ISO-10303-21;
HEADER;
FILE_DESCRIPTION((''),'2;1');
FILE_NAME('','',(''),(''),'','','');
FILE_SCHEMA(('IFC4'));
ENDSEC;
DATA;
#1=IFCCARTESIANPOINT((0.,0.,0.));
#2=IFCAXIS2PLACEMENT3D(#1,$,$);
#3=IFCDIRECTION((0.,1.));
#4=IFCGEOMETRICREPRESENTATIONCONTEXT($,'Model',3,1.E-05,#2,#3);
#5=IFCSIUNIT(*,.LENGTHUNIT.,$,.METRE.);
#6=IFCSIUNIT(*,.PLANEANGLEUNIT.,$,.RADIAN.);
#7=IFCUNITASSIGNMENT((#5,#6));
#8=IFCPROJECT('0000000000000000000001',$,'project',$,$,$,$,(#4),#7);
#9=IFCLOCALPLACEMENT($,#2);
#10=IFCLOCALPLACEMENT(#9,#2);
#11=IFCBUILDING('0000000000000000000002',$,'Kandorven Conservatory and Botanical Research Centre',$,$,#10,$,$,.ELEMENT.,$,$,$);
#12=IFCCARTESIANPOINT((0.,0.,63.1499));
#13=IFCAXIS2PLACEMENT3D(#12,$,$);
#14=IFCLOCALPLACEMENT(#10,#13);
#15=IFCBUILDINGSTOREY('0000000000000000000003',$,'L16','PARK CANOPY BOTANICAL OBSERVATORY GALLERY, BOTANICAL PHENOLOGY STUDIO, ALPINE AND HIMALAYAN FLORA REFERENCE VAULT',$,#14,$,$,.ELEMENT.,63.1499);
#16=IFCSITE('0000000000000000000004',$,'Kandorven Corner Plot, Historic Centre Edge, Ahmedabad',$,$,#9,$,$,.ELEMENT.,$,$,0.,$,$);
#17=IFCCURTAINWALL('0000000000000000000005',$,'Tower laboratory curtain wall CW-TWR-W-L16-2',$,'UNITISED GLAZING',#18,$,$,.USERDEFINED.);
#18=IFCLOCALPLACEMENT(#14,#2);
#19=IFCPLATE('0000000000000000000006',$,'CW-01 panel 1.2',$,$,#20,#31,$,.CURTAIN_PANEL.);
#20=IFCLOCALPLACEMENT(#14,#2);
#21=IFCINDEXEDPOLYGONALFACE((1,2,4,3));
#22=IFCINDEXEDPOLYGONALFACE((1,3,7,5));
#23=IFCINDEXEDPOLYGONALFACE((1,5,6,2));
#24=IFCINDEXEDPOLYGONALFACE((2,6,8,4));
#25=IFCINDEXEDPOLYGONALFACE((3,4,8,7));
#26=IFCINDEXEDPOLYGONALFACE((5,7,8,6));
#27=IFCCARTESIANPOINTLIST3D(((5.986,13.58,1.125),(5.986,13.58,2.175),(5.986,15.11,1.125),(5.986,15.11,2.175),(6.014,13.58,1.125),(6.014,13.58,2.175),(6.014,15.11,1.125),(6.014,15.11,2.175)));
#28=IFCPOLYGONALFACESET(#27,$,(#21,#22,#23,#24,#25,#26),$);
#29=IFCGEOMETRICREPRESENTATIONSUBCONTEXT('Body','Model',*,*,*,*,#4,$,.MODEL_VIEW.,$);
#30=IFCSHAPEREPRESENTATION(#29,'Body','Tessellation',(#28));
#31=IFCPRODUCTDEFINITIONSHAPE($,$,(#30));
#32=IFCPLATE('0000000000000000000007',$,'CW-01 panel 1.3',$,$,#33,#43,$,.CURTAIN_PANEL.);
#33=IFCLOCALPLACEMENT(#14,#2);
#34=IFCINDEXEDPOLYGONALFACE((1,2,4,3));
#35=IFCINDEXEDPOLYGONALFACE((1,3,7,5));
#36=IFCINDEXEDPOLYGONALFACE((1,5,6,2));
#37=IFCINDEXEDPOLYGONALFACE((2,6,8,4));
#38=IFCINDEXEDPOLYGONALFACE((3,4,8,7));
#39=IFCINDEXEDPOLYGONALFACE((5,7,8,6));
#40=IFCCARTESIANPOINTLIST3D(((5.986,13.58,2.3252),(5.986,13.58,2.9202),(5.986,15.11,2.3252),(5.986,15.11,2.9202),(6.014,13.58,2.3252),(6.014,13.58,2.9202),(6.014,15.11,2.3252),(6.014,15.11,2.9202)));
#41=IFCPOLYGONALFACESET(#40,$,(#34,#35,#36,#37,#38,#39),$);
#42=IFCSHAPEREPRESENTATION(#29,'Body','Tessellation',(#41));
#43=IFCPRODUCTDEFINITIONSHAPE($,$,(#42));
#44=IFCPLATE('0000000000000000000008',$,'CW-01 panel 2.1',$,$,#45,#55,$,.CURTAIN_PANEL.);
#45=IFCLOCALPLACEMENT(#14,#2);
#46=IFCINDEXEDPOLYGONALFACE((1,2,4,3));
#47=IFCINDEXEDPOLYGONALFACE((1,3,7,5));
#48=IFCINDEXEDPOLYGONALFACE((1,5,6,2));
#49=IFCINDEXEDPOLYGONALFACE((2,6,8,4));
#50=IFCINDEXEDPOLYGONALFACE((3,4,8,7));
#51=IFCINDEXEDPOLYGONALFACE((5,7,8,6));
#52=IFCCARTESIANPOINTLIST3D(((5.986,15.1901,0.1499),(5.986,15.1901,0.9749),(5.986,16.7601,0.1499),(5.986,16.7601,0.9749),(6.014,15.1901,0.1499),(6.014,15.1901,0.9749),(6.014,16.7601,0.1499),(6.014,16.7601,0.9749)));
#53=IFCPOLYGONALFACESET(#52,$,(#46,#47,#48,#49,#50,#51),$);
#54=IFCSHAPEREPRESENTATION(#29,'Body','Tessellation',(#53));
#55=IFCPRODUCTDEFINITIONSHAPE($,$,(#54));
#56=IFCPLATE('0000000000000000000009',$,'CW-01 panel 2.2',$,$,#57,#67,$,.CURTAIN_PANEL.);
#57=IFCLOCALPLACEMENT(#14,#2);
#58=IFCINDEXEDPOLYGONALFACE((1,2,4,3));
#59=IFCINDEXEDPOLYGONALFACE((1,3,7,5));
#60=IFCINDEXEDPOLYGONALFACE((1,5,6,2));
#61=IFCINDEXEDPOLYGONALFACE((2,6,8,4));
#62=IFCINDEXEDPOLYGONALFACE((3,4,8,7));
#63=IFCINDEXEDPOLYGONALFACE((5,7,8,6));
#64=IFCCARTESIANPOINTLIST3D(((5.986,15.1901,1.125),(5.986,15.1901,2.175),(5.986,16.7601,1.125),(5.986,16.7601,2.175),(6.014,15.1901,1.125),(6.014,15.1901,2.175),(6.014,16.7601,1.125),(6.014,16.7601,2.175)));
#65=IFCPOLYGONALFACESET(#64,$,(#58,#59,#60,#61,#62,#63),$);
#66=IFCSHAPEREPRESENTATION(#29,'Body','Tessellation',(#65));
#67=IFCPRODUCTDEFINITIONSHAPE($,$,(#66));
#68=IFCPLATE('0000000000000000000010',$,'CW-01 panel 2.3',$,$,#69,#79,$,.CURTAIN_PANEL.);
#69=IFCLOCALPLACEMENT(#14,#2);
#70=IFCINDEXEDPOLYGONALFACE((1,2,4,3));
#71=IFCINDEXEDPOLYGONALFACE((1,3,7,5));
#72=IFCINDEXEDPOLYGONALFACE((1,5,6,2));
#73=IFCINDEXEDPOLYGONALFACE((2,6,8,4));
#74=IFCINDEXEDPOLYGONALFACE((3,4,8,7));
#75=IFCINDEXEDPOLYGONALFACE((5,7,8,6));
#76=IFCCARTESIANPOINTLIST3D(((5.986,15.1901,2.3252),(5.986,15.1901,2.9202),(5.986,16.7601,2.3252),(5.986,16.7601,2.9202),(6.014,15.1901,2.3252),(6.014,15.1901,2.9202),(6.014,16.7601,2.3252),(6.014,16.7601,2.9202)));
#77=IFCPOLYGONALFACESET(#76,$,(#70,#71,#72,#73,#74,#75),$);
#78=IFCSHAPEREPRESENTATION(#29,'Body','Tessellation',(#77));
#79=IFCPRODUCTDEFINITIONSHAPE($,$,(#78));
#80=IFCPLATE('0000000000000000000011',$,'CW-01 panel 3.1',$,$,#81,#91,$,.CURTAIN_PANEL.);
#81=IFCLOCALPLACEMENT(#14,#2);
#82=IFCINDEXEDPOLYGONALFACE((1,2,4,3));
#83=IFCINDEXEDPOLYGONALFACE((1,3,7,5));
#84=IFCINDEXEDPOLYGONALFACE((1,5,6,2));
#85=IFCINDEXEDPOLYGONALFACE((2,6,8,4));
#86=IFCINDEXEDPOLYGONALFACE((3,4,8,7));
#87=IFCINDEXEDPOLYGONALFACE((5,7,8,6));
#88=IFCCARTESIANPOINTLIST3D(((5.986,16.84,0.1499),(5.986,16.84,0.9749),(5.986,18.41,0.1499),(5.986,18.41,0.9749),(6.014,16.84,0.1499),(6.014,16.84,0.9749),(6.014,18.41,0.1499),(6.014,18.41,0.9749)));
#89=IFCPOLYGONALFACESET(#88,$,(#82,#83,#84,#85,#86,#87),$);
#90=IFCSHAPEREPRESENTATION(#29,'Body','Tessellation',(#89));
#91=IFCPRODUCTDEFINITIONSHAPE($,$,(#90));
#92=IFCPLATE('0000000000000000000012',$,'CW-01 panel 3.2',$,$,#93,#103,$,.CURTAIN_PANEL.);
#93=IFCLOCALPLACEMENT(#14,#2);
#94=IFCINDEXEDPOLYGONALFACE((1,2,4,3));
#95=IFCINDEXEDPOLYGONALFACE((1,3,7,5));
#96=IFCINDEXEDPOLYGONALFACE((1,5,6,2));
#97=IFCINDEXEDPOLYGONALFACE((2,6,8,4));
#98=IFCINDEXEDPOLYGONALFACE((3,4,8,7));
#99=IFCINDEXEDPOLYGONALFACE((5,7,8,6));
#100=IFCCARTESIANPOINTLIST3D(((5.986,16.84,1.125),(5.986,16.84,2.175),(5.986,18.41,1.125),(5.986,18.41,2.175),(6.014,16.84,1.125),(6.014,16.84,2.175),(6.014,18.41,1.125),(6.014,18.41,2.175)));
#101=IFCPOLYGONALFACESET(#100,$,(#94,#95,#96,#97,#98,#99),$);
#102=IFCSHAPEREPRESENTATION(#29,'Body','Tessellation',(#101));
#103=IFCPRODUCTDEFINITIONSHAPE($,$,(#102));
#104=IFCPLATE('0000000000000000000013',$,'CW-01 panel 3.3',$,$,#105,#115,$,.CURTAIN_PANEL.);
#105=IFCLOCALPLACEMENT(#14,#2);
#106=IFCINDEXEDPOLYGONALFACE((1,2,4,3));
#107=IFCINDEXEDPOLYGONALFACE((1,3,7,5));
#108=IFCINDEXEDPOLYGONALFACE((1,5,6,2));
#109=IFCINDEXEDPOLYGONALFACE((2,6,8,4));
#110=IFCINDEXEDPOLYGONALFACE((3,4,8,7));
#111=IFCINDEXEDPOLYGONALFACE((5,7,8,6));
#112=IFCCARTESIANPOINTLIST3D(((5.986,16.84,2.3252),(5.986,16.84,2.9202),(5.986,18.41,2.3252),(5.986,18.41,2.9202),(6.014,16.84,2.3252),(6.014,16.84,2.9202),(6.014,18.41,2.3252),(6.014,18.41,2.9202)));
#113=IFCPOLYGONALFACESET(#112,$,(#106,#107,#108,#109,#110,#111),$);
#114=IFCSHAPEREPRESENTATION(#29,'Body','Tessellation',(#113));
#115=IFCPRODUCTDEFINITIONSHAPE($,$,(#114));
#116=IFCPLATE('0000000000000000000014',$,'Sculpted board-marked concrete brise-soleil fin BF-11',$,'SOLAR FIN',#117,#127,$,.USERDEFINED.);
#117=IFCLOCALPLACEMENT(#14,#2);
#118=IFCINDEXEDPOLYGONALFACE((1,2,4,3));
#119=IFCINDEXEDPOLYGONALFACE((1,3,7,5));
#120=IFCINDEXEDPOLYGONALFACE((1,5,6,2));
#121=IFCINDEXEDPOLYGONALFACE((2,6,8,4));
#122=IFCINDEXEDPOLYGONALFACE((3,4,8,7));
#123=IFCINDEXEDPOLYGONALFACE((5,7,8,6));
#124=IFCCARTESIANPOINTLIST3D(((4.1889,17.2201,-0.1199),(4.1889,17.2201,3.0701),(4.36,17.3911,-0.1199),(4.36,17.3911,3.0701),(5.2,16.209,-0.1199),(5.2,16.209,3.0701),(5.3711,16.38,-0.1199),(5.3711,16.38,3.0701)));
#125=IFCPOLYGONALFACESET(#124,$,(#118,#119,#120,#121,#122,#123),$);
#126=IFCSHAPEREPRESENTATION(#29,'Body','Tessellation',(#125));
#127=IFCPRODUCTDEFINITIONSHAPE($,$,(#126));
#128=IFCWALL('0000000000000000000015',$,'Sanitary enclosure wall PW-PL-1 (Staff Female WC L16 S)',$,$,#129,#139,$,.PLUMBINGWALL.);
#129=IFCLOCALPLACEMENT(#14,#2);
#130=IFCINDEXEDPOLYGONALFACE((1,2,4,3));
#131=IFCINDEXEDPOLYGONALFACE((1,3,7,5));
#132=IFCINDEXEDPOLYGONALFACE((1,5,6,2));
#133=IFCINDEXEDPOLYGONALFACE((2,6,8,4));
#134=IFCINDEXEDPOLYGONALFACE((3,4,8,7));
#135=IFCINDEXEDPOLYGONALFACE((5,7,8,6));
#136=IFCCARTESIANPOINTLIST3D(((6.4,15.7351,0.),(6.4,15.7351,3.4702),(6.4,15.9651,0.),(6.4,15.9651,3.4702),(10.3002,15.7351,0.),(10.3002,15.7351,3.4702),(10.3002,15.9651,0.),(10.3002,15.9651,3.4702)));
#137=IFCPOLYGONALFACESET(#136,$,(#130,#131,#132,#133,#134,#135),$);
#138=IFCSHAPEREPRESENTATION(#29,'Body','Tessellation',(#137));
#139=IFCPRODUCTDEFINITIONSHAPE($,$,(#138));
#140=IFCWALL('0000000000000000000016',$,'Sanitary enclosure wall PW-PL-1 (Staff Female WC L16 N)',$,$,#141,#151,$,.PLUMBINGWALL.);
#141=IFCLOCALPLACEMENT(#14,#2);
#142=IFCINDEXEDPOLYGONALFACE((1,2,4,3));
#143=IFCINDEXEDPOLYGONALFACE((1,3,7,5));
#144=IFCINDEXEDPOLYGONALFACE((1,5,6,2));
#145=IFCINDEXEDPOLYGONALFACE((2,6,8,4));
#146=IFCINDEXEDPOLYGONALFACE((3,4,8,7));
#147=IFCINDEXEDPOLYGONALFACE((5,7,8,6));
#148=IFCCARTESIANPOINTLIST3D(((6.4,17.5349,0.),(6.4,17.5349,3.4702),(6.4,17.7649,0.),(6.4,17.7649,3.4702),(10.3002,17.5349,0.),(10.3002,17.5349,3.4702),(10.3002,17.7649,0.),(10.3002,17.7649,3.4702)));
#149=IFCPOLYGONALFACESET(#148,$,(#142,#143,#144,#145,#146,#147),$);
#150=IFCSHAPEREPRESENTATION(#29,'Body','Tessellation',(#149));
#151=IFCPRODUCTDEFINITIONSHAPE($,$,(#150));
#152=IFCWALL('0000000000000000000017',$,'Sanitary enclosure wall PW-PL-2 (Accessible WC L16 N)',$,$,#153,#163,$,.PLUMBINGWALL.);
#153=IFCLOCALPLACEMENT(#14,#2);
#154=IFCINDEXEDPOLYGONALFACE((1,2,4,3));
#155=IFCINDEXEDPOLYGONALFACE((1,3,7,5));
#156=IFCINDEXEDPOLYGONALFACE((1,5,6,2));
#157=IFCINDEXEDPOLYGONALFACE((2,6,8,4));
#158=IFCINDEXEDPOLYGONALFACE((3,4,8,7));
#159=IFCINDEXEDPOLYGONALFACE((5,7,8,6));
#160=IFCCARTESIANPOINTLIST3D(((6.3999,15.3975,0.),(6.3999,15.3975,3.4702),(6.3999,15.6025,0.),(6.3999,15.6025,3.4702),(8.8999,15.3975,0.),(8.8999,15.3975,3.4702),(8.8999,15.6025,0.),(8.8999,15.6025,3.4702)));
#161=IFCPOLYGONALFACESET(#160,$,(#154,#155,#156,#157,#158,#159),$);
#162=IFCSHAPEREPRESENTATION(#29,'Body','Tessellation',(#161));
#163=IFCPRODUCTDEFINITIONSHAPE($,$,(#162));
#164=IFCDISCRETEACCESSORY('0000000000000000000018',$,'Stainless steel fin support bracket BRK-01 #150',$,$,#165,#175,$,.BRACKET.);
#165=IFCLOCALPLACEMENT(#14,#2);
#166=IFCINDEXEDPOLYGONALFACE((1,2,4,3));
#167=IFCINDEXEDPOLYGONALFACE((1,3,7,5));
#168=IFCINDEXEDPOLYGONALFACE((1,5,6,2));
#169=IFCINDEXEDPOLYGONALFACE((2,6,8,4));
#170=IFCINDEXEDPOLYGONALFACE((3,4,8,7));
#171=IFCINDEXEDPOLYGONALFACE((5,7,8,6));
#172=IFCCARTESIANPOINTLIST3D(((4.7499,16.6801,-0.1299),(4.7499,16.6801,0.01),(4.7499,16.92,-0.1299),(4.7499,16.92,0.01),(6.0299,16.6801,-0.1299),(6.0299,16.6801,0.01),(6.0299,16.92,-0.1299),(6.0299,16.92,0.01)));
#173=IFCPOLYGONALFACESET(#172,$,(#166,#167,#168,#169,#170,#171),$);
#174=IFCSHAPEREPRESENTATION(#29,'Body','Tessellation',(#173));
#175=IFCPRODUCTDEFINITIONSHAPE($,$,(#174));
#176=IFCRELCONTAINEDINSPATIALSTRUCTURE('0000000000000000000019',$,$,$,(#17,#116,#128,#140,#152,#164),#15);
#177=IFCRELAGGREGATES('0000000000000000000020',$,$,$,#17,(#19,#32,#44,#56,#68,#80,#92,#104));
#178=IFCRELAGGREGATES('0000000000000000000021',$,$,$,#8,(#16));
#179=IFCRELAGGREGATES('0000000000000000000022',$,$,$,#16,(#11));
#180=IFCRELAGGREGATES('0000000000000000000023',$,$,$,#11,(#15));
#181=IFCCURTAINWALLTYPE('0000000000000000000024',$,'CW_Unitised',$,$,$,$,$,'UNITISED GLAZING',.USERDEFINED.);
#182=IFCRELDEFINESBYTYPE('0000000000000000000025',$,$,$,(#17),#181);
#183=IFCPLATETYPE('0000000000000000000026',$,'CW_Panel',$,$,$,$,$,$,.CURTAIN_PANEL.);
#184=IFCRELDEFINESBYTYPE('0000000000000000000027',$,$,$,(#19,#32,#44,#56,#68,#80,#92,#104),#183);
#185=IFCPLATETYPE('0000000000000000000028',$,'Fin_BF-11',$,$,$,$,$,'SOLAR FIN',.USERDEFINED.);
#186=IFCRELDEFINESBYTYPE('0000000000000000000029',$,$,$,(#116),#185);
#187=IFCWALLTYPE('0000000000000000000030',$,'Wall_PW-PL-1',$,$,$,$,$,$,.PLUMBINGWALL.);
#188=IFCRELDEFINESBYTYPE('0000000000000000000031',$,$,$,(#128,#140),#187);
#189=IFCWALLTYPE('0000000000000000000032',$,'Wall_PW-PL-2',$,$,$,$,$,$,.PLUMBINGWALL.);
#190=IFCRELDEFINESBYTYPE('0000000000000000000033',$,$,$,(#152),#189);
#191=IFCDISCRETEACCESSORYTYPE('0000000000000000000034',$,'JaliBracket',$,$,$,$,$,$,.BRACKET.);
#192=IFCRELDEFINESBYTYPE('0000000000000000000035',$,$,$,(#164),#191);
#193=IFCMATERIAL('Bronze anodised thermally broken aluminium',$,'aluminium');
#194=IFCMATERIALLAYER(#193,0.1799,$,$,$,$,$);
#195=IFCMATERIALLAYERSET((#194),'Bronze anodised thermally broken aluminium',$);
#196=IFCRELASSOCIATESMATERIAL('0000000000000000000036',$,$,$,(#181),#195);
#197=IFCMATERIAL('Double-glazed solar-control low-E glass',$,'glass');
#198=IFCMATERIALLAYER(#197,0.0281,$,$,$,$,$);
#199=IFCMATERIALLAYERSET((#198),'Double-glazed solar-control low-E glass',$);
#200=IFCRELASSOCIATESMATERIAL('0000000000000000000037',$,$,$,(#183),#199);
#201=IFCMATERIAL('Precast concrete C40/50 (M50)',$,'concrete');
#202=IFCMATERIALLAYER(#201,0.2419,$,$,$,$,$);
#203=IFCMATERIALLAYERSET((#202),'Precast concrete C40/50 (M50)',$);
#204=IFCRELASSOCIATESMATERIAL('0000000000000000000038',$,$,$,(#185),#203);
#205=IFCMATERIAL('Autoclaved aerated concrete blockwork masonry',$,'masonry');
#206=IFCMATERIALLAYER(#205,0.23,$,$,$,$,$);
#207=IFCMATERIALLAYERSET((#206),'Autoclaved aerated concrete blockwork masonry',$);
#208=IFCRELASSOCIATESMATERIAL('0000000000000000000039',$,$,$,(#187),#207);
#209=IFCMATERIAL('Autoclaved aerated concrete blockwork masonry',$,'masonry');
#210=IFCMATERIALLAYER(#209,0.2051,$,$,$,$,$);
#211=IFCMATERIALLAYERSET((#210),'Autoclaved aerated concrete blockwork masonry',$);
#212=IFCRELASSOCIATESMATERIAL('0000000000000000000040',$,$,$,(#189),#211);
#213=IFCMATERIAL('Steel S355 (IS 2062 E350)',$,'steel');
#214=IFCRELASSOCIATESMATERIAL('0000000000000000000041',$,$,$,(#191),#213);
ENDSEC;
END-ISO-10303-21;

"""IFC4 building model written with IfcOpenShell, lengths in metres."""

from ifc_helpers import new_model, si_unit, direction, frame, frame_2d, origin, origin_2d, place, context, subcontext, project, spatial, rectangle, extrude, material, layer, layer_set, type_object, element, aggregate, save


model = new_model("IFC4")

# Units and contexts
model_context = context("Model", 3, precision=1e-05, world=origin(), true_north=direction((0.0, 1.0)))
body_context = subcontext(model_context, "Body", "Model", "MODEL_VIEW")
ifc_project = project(units=[si_unit("LENGTHUNIT", "METRE"), si_unit("PLANEANGLEUNIT", "RADIAN")], contexts=[model_context])

# Site, building, storey
site_placement = place(None, origin())
site = spatial("IfcSite", under=ifc_project, at=site_placement, Name="Kandorven Corner Plot, Historic Centre Edge, Ahmedabad", CompositionType="ELEMENT", RefElevation=0.0)
building_placement = place(site_placement, origin())
building = spatial("IfcBuilding", under=site, at=building_placement, Name="Kandorven Conservatory and Botanical Research Centre", CompositionType="ELEMENT")
storey_placement = place(building_placement, frame((0.0, 0.0, 63.1499)))
storey = spatial("IfcBuildingStorey", under=building, at=storey_placement, Name="L16", Description="PARK CANOPY BOTANICAL OBSERVATORY GALLERY, BOTANICAL PHENOLOGY STUDIO, ALPINE AND HIMALAYAN FLORA REFERENCE VAULT", CompositionType="ELEMENT", Elevation=63.1499)

# Curtain wall, plates
ifc_material_1 = material(Name="Bronze anodised thermally broken aluminium", Category="aluminium")
ifc_layer_1 = layer(ifc_material_1, 0.1799)
ifc_layer_set_1 = layer_set([ifc_layer_1], Name="Bronze anodised thermally broken aluminium")
curtain_wall_type = type_object("IfcCurtainWallType", Name="CW_Unitised", ElementType="UNITISED GLAZING", PredefinedType="USERDEFINED", material=ifc_layer_set_1)
curtain_wall_placement = place(storey_placement, origin())
curtain_wall = element("IfcCurtainWall", 1, at=curtain_wall_placement, inside=storey, type_object=curtain_wall_type, Name="Tower laboratory curtain wall CW-TWR-W-L16-2", ObjectType="UNITISED GLAZING", PredefinedType="USERDEFINED")
ifc_material_2 = material(Name="Double-glazed solar-control low-E glass", Category="glass")
ifc_layer_2 = layer(ifc_material_2, 0.0281)
ifc_layer_set_2 = layer_set([ifc_layer_2], Name="Double-glazed solar-control low-E glass")
plate_type_1 = type_object("IfcPlateType", Name="CW_Panel", PredefinedType="CURTAIN_PANEL", material=ifc_layer_set_2)
plate_1_placement = place(storey_placement, frame((6.0, 14.345, 1.125), z_axis=(0.0, 0.0, 1.0), x_axis=(0.0, 1.0, 0.0)))
plate_1 = element("IfcPlate", 2, at=plate_1_placement, type_object=plate_type_1, Name="CW-01 panel 1.2", PredefinedType="CURTAIN_PANEL", context=body_context, shape_type="SweptSolid", body=[
    extrude(rectangle(XDim=1.53, YDim=0.0281, at=origin_2d()), origin(), (0.0, 0.0, 1.0), 1.05),
])
plate_2_placement = place(storey_placement, frame((6.0, 14.345, 2.3252), z_axis=(0.0, 0.0, 1.0), x_axis=(0.0, 1.0, 0.0)))
plate_2 = element("IfcPlate", 3, at=plate_2_placement, type_object=plate_type_1, Name="CW-01 panel 1.3", PredefinedType="CURTAIN_PANEL", context=body_context, shape_type="SweptSolid", body=[
    extrude(rectangle(XDim=1.53, YDim=0.0281, at=origin_2d()), origin(), (0.0, 0.0, 1.0), 0.595),
])
plate_3_placement = place(storey_placement, frame((6.0, 15.9751, 0.1499), z_axis=(0.0, 0.0, 1.0), x_axis=(0.0, 1.0, 0.0)))
plate_3 = element("IfcPlate", 4, at=plate_3_placement, type_object=plate_type_1, Name="CW-01 panel 2.1", PredefinedType="CURTAIN_PANEL", context=body_context, shape_type="SweptSolid", body=[
    extrude(rectangle(XDim=1.5701, YDim=0.0281, at=origin_2d()), origin(), (0.0, 0.0, 1.0), 0.825),
])
plate_4_placement = place(storey_placement, frame((6.0, 15.9751, 1.125), z_axis=(0.0, 0.0, 1.0), x_axis=(0.0, 1.0, 0.0)))
plate_4 = element("IfcPlate", 5, at=plate_4_placement, type_object=plate_type_1, Name="CW-01 panel 2.2", PredefinedType="CURTAIN_PANEL", context=body_context, shape_type="SweptSolid", body=[
    extrude(rectangle(XDim=1.5701, YDim=0.0281, at=origin_2d()), origin(), (0.0, 0.0, 1.0), 1.05),
])
plate_5_placement = place(storey_placement, frame((6.0, 15.9751, 2.3252), z_axis=(0.0, 0.0, 1.0), x_axis=(0.0, 1.0, 0.0)))
plate_5 = element("IfcPlate", 6, at=plate_5_placement, type_object=plate_type_1, Name="CW-01 panel 2.3", PredefinedType="CURTAIN_PANEL", context=body_context, shape_type="SweptSolid", body=[
    extrude(rectangle(XDim=1.5701, YDim=0.0281, at=origin_2d()), origin(), (0.0, 0.0, 1.0), 0.595),
])
plate_6_placement = place(storey_placement, frame((6.0, 17.625, 0.1499), z_axis=(0.0, 0.0, 1.0), x_axis=(0.0, 1.0, 0.0)))
plate_6 = element("IfcPlate", 7, at=plate_6_placement, type_object=plate_type_1, Name="CW-01 panel 3.1", PredefinedType="CURTAIN_PANEL", context=body_context, shape_type="SweptSolid", body=[
    extrude(rectangle(XDim=1.5701, YDim=0.0281, at=origin_2d()), origin(), (0.0, 0.0, 1.0), 0.825),
])
plate_7_placement = place(storey_placement, frame((6.0, 17.625, 1.125), z_axis=(0.0, 0.0, 1.0), x_axis=(0.0, 1.0, 0.0)))
plate_7 = element("IfcPlate", 8, at=plate_7_placement, type_object=plate_type_1, Name="CW-01 panel 3.2", PredefinedType="CURTAIN_PANEL", context=body_context, shape_type="SweptSolid", body=[
    extrude(rectangle(XDim=1.5701, YDim=0.0281, at=origin_2d()), origin(), (0.0, 0.0, 1.0), 1.05),
])
plate_8_placement = place(storey_placement, frame((6.0, 17.625, 2.3252), z_axis=(0.0, 0.0, 1.0), x_axis=(0.0, 1.0, 0.0)))
plate_8 = element("IfcPlate", 9, at=plate_8_placement, type_object=plate_type_1, Name="CW-01 panel 3.3", PredefinedType="CURTAIN_PANEL", context=body_context, shape_type="SweptSolid", body=[
    extrude(rectangle(XDim=1.5701, YDim=0.0281, at=origin_2d()), origin(), (0.0, 0.0, 1.0), 0.595),
])
aggregate(curtain_wall, [plate_1, plate_2, plate_3, plate_4, plate_5, plate_6, plate_7, plate_8])

# Plate
ifc_material_3 = material(Name="Precast concrete C40/50 (M50)", Category="concrete")
ifc_layer_3 = layer(ifc_material_3, 0.2419)
ifc_layer_set_3 = layer_set([ifc_layer_3], Name="Precast concrete C40/50 (M50)")
plate_type_2 = type_object("IfcPlateType", Name="Fin_BF-11", ElementType="SOLAR FIN", PredefinedType="USERDEFINED", material=ifc_layer_set_3)
plate_9_placement = place(storey_placement, frame((4.78, 16.8, -0.1199), z_axis=(0.0, 0.0, 1.0), x_axis=(-0.707107, 0.707107, 0.0)))
element("IfcPlate", 10, at=plate_9_placement, inside=storey, type_object=plate_type_2, Name="Sculpted board-marked concrete brise-soleil fin BF-11", ObjectType="SOLAR FIN", PredefinedType="USERDEFINED", context=body_context, shape_type="SweptSolid", body=[
    extrude(rectangle(XDim=1.4299, YDim=0.2419, at=origin_2d()), origin(), (0.0, 0.0, 1.0), 3.1899),
])

# Walls
ifc_material_4 = material(Name="Autoclaved aerated concrete blockwork masonry", Category="masonry")
ifc_layer_4 = layer(ifc_material_4, 0.23)
ifc_layer_set_4 = layer_set([ifc_layer_4], Name="Autoclaved aerated concrete blockwork masonry")
wall_type_1 = type_object("IfcWallType", Name="Wall_PW-PL-1", PredefinedType="PLUMBINGWALL", material=ifc_layer_set_4)
for number, where, z_axis, x_axis, name in (
    (11, (6.3999, 15.8501, 0.0), (0.0, 0.0, 1.0), (1.0, 0.0, 0.0), "Sanitary enclosure wall PW-PL-1 (Staff Female WC L16 S)"),
    (12, (6.3999, 17.6499, 0.0), (0.0, 0.0, 1.0), (1.0, 0.0, 0.0), "Sanitary enclosure wall PW-PL-1 (Staff Female WC L16 N)"),
):
    element("IfcWall", number, at=place(storey_placement, frame(where, z_axis=z_axis, x_axis=x_axis)), inside=storey, type_object=wall_type_1, Name=name, PredefinedType="PLUMBINGWALL", context=body_context, shape_type="SweptSolid", body=[
        extrude(rectangle(XDim=3.9001, YDim=0.23, at=frame_2d((1.9502, 0.0))), origin(), (0.0, 0.0, 1.0), 3.4702),
    ])

# Shared definitions
ifc_material_5 = material(Name="Autoclaved aerated concrete blockwork masonry", Category="masonry")
ifc_layer_5 = layer(ifc_material_5, 0.2051)
ifc_layer_set_5 = layer_set([ifc_layer_5], Name="Autoclaved aerated concrete blockwork masonry")
wall_type_2 = type_object("IfcWallType", Name="Wall_PW-PL-2", PredefinedType="PLUMBINGWALL", material=ifc_layer_set_5)

# Wall
wall_1_placement = place(storey_placement, frame((6.3999, 15.5, 0.0), z_axis=(0.0, 0.0, 1.0), x_axis=(1.0, 0.0, 0.0)))
element("IfcWall", 13, at=wall_1_placement, inside=storey, type_object=wall_type_2, Name="Sanitary enclosure wall PW-PL-2 (Accessible WC L16 N)", PredefinedType="PLUMBINGWALL", context=body_context, shape_type="SweptSolid", body=[
    extrude(rectangle(XDim=2.5, YDim=0.2051, at=frame_2d((1.25, 0.0))), origin(), (0.0, 0.0, 1.0), 3.4702),
])

# Discrete accessory
ifc_material_6 = material(Name="Steel S355 (IS 2062 E350)", Category="steel")
discrete_accessory_type = type_object("IfcDiscreteAccessoryType", Name="JaliBracket", PredefinedType="BRACKET", material=ifc_material_6)
discrete_accessory_placement = place(storey_placement, frame((5.3899, 16.8, -0.1299), z_axis=(0.0, 0.0, 1.0), x_axis=(1.0, 0.0, 0.0)))
element("IfcDiscreteAccessory", 14, at=discrete_accessory_placement, inside=storey, type_object=discrete_accessory_type, Name="Stainless steel fin support bracket BRK-01 #150", PredefinedType="BRACKET", context=body_context, shape_type="SweptSolid", body=[
    extrude(rectangle(XDim=1.28, YDim=0.24, at=origin_2d()), origin(), (0.0, 0.0, 1.0), 0.1399),
])

save(model, "model.ifc")
